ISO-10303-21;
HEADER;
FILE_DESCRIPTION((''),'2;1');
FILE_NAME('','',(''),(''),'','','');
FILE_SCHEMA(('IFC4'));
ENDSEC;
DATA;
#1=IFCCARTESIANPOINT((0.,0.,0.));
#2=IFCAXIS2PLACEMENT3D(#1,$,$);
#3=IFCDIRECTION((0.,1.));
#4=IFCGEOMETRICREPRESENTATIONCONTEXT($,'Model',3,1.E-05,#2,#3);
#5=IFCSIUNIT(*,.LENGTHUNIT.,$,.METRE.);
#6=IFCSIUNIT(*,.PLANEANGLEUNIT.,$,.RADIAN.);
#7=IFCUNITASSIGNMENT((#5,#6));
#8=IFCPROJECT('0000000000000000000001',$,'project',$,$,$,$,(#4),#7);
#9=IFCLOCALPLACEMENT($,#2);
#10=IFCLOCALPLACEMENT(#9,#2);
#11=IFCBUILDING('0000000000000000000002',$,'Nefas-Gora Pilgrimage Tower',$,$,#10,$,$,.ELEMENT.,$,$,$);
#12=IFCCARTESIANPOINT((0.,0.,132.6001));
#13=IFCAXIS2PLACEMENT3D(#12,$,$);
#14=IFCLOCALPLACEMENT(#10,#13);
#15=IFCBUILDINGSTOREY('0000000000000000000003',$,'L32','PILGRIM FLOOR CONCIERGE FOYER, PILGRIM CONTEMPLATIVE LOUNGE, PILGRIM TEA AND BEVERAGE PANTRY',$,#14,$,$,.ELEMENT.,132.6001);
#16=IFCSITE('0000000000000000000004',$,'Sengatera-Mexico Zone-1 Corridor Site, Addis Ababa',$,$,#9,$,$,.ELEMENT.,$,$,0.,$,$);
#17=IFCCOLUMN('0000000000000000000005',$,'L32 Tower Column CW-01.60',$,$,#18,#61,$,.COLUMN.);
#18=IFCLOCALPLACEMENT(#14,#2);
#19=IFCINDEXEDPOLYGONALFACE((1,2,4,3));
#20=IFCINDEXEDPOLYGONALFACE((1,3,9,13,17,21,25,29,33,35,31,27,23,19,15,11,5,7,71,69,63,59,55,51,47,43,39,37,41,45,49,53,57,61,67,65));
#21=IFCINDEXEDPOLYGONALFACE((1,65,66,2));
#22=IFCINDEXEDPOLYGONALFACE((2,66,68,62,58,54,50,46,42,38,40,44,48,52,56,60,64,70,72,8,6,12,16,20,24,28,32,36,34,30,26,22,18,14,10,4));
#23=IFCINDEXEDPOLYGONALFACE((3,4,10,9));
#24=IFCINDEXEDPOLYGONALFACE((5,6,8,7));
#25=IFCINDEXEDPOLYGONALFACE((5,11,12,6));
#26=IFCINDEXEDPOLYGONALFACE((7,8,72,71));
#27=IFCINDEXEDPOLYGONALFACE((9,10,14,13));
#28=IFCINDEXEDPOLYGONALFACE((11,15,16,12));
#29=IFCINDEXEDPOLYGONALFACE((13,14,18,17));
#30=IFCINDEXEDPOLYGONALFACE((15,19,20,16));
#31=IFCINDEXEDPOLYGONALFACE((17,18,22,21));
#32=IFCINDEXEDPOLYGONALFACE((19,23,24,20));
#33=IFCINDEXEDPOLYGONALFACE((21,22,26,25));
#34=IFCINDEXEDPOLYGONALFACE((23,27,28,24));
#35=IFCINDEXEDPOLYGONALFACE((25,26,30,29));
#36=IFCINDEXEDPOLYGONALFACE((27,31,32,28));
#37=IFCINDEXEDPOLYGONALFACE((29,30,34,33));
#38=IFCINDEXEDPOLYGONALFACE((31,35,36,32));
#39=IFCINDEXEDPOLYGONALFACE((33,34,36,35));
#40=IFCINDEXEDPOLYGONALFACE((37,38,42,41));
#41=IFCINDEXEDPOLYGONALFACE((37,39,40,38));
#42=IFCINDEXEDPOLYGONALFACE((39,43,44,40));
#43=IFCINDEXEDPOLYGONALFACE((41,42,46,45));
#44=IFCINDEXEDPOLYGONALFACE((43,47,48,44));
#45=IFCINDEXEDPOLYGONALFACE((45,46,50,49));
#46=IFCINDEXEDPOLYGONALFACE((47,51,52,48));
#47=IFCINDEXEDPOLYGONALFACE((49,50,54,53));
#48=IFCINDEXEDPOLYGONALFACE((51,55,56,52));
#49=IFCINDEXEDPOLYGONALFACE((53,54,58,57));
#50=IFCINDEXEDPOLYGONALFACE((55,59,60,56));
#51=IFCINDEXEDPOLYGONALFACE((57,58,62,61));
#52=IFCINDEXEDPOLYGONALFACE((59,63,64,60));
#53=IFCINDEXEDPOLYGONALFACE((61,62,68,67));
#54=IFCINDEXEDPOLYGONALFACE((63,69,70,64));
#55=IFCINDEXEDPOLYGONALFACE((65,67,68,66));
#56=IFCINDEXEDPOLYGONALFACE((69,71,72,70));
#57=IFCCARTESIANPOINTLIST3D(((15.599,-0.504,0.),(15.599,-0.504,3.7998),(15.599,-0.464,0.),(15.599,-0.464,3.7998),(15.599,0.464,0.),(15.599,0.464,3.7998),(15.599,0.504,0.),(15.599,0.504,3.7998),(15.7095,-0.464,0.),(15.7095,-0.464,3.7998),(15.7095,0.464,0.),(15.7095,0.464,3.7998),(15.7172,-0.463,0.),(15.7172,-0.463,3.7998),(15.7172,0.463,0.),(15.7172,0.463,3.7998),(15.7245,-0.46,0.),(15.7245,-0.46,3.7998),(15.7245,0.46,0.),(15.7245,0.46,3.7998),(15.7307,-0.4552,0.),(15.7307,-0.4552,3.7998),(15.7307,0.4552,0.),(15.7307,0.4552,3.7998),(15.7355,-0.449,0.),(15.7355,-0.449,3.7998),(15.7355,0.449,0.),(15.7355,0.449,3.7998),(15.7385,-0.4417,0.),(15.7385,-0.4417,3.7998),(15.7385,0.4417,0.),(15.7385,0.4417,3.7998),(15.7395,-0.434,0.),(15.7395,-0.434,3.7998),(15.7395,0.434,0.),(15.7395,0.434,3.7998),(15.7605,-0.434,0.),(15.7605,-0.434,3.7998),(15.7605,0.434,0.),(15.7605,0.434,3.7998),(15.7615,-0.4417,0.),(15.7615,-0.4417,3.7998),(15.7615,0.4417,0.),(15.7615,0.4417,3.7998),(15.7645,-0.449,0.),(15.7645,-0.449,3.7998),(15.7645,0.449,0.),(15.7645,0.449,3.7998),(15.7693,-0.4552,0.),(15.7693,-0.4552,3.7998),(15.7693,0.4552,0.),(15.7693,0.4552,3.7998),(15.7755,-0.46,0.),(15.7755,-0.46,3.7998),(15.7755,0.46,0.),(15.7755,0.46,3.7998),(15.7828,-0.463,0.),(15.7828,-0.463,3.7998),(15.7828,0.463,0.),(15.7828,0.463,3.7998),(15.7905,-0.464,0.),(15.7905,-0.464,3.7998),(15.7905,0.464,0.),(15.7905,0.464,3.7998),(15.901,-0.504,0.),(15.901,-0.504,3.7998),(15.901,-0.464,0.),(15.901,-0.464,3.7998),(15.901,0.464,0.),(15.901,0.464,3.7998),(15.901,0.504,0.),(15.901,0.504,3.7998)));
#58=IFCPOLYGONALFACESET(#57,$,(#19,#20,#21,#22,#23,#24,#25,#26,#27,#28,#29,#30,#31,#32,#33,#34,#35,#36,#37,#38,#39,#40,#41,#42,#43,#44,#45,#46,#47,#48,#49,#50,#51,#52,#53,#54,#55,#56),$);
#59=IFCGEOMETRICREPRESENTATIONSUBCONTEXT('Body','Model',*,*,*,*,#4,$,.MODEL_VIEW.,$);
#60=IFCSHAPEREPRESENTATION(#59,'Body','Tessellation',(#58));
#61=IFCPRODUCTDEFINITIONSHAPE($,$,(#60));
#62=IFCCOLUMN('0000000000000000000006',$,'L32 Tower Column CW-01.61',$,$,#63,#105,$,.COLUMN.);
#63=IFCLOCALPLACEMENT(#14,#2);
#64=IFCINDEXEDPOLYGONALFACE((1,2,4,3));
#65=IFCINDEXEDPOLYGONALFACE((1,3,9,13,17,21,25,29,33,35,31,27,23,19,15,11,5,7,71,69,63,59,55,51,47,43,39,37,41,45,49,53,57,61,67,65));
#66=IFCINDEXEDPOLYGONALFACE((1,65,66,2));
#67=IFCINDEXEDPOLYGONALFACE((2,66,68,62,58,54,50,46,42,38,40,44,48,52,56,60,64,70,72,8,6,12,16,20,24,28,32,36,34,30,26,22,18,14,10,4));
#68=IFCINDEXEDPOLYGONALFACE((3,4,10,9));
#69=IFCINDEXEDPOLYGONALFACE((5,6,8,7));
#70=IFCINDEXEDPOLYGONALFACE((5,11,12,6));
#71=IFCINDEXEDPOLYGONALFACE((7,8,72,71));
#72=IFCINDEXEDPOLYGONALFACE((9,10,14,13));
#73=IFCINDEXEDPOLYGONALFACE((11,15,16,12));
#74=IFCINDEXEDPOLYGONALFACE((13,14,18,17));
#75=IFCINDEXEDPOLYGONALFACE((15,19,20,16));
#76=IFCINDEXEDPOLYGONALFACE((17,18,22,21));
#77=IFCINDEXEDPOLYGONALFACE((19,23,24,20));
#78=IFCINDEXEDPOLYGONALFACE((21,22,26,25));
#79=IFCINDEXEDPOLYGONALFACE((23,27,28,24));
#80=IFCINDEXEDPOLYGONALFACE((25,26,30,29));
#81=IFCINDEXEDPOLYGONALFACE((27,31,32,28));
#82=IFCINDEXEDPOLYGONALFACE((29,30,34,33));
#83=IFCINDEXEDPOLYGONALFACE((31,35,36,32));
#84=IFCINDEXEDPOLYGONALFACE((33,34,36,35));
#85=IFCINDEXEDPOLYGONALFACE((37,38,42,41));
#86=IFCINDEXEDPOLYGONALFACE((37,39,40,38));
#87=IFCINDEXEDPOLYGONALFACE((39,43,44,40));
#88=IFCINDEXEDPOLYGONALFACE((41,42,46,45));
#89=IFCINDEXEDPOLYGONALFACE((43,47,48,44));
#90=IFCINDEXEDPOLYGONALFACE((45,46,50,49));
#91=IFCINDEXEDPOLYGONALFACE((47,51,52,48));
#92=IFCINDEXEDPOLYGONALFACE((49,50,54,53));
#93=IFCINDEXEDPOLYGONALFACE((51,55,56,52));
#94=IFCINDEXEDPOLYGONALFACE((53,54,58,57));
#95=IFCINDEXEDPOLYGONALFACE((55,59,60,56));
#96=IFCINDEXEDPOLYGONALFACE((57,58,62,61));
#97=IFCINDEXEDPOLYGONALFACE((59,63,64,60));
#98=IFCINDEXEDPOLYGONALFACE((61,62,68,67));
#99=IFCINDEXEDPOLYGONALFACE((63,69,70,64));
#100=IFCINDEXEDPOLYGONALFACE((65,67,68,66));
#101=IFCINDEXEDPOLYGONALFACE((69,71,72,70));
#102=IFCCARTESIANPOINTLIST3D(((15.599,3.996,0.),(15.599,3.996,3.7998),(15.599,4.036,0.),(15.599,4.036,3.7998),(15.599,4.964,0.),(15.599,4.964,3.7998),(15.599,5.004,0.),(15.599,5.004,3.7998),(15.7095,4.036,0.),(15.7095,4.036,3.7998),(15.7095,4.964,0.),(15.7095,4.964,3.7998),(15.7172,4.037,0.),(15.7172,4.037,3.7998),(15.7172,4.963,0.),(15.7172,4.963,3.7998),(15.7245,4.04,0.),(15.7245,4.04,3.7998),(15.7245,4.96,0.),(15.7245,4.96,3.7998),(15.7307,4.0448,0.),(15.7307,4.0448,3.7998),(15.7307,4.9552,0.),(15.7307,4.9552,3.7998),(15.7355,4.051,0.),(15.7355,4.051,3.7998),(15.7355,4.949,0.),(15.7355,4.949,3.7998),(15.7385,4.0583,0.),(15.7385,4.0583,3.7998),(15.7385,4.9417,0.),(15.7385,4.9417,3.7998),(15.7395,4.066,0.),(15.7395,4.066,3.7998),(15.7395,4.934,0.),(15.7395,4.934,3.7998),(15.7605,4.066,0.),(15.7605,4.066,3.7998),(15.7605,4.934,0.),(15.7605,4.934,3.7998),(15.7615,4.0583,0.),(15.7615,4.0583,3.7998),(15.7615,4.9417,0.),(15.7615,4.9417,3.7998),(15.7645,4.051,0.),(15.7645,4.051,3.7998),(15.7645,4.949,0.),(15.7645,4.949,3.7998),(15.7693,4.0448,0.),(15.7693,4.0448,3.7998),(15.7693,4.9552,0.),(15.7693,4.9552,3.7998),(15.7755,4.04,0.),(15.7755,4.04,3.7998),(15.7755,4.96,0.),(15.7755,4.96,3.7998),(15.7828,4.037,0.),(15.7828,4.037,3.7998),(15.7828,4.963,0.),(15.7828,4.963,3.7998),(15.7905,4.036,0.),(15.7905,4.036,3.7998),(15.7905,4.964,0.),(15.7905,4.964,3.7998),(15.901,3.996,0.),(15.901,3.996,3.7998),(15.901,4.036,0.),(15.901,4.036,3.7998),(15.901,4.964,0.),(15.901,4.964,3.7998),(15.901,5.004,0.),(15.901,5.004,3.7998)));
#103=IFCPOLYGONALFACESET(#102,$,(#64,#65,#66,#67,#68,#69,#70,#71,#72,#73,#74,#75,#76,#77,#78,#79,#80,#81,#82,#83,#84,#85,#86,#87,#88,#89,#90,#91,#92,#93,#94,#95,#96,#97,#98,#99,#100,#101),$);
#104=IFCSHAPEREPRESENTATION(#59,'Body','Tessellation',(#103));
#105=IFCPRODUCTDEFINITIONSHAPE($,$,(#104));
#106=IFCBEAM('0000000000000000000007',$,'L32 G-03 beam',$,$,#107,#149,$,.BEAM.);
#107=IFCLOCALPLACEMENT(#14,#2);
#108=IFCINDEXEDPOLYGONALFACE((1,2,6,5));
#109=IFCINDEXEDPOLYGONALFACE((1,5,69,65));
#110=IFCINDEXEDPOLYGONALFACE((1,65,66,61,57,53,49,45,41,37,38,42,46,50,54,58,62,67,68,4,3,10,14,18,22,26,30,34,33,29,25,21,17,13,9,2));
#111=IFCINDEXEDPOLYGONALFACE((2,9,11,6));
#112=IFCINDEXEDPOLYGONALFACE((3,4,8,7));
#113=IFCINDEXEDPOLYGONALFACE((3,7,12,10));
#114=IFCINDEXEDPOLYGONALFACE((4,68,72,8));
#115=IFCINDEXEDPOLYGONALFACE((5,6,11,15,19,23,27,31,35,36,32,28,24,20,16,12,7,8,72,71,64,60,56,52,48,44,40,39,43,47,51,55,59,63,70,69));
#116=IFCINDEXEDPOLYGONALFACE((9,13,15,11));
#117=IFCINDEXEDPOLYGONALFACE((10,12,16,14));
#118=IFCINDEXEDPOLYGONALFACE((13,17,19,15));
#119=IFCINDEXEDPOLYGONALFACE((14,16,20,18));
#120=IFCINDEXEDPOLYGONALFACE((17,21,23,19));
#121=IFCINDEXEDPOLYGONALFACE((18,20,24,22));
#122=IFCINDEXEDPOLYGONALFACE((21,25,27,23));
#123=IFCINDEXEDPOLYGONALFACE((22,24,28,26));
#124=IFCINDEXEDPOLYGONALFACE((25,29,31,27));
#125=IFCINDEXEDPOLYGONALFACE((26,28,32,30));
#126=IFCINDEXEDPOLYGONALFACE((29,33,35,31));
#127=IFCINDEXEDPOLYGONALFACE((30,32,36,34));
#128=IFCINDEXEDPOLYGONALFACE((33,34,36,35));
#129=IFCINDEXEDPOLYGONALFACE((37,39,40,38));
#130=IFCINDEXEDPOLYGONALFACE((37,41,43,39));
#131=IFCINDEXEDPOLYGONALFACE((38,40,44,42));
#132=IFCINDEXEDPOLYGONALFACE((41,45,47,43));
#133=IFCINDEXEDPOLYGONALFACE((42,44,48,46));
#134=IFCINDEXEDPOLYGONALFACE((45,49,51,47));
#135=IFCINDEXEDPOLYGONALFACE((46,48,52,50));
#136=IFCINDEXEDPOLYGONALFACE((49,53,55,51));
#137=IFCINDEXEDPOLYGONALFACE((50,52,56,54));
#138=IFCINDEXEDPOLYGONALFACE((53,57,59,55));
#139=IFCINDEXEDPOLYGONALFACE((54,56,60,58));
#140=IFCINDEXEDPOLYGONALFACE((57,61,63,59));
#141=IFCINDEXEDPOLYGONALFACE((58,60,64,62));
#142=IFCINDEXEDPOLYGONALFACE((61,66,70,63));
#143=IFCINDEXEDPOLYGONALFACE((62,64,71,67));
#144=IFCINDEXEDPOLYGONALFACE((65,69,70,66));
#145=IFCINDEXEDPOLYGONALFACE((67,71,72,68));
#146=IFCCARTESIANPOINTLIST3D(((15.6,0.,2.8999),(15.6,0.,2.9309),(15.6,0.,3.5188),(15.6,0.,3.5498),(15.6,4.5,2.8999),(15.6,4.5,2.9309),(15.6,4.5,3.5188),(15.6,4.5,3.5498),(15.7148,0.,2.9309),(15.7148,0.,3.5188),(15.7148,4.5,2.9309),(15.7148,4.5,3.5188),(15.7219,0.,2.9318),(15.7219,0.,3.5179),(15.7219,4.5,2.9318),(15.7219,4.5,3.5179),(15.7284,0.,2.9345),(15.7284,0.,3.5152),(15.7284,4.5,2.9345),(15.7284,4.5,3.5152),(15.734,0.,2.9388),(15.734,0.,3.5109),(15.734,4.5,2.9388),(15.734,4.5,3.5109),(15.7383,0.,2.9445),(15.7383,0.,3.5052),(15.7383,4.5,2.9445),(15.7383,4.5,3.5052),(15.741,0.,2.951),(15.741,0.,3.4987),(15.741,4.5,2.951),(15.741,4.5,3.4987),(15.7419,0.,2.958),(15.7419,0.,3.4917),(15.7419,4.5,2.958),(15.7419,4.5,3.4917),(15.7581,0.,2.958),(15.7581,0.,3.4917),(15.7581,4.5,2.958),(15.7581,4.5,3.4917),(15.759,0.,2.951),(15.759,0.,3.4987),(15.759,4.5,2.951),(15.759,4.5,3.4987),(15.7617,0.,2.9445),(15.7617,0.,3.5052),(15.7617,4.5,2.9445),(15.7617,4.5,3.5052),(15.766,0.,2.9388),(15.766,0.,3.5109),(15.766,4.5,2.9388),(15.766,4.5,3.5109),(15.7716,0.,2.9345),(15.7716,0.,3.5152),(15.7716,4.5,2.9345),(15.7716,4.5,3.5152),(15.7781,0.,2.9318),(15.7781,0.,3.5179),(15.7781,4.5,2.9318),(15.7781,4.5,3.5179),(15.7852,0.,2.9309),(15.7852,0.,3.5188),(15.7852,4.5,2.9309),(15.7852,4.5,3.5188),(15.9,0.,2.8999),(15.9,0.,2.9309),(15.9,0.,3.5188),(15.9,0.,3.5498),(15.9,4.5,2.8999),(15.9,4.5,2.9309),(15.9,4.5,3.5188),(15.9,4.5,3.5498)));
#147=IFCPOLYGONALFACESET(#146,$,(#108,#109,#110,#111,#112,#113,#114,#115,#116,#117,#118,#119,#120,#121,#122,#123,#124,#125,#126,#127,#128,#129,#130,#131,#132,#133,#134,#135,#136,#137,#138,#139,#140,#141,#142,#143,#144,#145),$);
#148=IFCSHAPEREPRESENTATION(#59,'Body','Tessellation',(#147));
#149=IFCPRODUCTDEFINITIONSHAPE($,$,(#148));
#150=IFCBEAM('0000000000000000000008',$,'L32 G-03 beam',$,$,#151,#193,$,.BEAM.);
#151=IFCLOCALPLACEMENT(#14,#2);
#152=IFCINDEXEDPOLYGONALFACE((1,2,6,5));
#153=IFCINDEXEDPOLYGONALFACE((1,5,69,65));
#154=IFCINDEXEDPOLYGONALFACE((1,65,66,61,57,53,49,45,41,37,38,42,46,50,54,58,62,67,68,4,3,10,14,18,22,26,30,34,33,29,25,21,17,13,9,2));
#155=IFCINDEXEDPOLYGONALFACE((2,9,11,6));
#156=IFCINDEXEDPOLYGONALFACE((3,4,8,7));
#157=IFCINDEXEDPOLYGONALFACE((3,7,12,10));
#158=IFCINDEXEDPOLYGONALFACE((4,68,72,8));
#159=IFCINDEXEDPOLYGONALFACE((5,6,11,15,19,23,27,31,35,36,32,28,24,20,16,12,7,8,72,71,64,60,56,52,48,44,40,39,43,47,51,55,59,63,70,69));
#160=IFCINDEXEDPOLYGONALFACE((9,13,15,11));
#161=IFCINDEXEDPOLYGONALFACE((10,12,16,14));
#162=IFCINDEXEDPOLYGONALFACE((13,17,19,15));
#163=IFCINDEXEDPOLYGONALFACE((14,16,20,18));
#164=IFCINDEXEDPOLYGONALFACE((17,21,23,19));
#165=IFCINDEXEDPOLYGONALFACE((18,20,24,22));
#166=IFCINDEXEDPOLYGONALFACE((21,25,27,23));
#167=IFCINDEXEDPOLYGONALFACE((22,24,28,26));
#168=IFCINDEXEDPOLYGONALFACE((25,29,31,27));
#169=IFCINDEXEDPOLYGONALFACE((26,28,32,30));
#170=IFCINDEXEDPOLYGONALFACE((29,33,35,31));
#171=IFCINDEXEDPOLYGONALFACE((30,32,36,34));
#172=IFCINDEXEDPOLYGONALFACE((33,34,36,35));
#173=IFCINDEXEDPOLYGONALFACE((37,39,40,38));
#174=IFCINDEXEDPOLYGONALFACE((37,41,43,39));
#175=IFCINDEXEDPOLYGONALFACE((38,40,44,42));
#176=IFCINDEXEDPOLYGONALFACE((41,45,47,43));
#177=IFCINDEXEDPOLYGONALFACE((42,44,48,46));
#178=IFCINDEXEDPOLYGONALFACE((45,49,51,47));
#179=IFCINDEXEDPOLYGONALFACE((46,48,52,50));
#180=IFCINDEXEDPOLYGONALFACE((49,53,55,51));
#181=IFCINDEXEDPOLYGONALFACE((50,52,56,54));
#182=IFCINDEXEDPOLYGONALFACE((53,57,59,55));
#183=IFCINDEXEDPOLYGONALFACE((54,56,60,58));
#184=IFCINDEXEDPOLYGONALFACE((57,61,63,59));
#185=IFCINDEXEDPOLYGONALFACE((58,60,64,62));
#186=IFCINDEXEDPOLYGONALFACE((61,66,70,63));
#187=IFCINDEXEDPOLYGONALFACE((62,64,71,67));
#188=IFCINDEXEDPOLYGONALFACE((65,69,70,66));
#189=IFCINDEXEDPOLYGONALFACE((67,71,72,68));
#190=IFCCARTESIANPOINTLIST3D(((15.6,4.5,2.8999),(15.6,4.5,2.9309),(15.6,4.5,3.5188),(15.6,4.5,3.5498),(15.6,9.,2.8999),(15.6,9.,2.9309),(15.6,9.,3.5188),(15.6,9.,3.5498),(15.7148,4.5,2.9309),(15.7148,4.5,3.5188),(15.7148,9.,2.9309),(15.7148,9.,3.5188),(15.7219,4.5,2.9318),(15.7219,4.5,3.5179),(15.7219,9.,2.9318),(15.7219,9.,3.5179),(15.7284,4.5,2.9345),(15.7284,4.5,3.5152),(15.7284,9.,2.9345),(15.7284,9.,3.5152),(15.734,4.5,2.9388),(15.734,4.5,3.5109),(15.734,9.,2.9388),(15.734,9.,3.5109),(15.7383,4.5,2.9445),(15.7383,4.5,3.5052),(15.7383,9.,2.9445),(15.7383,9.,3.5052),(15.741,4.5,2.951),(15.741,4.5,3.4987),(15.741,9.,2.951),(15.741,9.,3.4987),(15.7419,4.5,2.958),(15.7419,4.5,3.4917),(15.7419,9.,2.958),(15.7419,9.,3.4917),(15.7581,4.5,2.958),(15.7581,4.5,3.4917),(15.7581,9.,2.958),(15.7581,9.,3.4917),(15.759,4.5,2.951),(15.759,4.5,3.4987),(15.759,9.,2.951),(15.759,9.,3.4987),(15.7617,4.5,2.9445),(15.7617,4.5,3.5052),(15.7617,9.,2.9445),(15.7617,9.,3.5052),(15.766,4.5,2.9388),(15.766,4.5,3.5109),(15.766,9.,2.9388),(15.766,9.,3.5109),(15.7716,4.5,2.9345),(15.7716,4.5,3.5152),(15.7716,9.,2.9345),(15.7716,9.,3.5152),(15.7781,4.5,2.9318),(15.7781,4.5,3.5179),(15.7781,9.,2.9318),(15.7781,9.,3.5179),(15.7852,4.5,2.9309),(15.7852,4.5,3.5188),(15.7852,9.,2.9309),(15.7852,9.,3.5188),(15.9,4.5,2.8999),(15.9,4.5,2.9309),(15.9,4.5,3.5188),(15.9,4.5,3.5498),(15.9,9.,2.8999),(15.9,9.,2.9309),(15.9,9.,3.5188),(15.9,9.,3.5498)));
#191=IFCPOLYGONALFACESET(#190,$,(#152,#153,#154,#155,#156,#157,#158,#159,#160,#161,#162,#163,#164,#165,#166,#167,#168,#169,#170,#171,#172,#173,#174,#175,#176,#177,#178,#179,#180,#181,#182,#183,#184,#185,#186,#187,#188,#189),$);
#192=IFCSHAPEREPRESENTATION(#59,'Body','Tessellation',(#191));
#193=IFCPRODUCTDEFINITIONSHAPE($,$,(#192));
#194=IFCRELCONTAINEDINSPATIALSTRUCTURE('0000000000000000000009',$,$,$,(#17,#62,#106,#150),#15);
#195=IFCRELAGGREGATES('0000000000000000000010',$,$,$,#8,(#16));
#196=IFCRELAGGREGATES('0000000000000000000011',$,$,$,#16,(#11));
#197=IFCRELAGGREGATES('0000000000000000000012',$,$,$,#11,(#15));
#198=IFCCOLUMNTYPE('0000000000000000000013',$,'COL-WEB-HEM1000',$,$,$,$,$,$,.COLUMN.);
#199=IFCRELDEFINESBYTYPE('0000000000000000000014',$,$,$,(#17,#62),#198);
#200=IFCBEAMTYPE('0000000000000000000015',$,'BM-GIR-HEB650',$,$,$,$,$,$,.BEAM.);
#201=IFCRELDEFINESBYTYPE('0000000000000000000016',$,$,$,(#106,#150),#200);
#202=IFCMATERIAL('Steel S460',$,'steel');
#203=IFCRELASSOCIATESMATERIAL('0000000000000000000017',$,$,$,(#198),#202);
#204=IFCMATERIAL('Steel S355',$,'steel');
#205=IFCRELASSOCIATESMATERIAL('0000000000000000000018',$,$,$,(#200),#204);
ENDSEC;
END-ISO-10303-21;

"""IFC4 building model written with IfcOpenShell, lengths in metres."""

from ifc_helpers import new_model, si_unit, direction, frame, origin, origin_2d, place, context, subcontext, project, spatial, i_section, extrude, source, transform, mapped, material, material_profile, profile_set, type_object, element, save


model = new_model("IFC4")

# Units and contexts
model_context = context("Model", 3, precision=1e-05, world=origin(), true_north=direction((0.0, 1.0)))
body_context = subcontext(model_context, "Body", "Model", "MODEL_VIEW")
ifc_project = project(units=[si_unit("LENGTHUNIT", "METRE"), si_unit("PLANEANGLEUNIT", "RADIAN")], contexts=[model_context])

# Site, building, storey
site_placement = place(None, origin())
site = spatial("IfcSite", under=ifc_project, at=site_placement, Name="Sengatera-Mexico Zone-1 Corridor Site, Addis Ababa", CompositionType="ELEMENT", RefElevation=0.0)
building_placement = place(site_placement, origin())
building = spatial("IfcBuilding", under=site, at=building_placement, Name="Nefas-Gora Pilgrimage Tower", CompositionType="ELEMENT")
storey_placement = place(building_placement, frame((0.0, 0.0, 132.6001)))
storey = spatial("IfcBuildingStorey", under=building, at=storey_placement, Name="L32", Description="PILGRIM FLOOR CONCIERGE FOYER, PILGRIM CONTEMPLATIVE LOUNGE, PILGRIM TEA AND BEVERAGE PANTRY", CompositionType="ELEMENT", Elevation=132.6001)

# Columns
ifc_material_1 = material(Name="Steel S460", Category="steel")
ifc_material_profile_1 = material_profile(ifc_material_1, i_section(OverallWidth=0.302, OverallDepth=1.0081, WebThickness=0.021, FlangeThickness=0.04, FilletRadius=0.03, at=origin_2d()), Name="HEM 1000")
ifc_profile_set_1 = profile_set([ifc_material_profile_1], Name="Steel S460")
column_type = type_object("IfcColumnType", Name="COL-WEB-HEM1000", PredefinedType="COLUMN", material=ifc_profile_set_1)
shared_shape_1 = source(origin(), body_context, "Body", "SweptSolid", [
    extrude(i_section(OverallWidth=0.302, OverallDepth=1.0081, WebThickness=0.021, FlangeThickness=0.04, FilletRadius=0.03, at=origin_2d()), origin(), (0.0, 0.0, 1.0), 3.7998),
])
for number, where, z_axis, x_axis, name in (
    (1, (15.75, 0.0, 0.0), (0.0, 0.0, 1.0), (1.0, 0.0, 0.0), "L32 Tower Column CW-01.60"),
    (2, (15.75, 4.5, 0.0), (0.0, 0.0, 1.0), (1.0, 0.0, 0.0), "L32 Tower Column CW-01.61"),
):
    element("IfcColumn", number, at=place(storey_placement, frame(where, z_axis=z_axis, x_axis=x_axis)), inside=storey, type_object=column_type, Name=name, PredefinedType="COLUMN", context=body_context, shape_type="MappedRepresentation", body=[
        mapped(shared_shape_1, transform((0.0, 0.0, 0.0), x_axis=(1.0, 0.0, 0.0), y_axis=(0.0, 1.0, 0.0), z_axis=(0.0, 0.0, 1.0), scale=1.0)),
    ])

# Beams
ifc_material_2 = material(Name="Steel S355", Category="steel")
ifc_material_profile_2 = material_profile(ifc_material_2, i_section(OverallWidth=0.3, OverallDepth=0.6499, WebThickness=0.0161, FlangeThickness=0.031, FilletRadius=0.0271, at=origin_2d()), Name="HEB 650")
ifc_profile_set_2 = profile_set([ifc_material_profile_2], Name="Steel S355")
beam_type = type_object("IfcBeamType", Name="BM-GIR-HEB650", PredefinedType="BEAM", material=ifc_profile_set_2)
shared_shape_2 = source(origin(), body_context, "Body", "SweptSolid", [
    extrude(i_section(OverallWidth=0.3, OverallDepth=0.6499, WebThickness=0.0161, FlangeThickness=0.031, FilletRadius=0.0271, at=origin_2d()), origin(), (0.0, 0.0, 1.0), 4.5),
])
for number, where, z_axis, x_axis, name in (
    (3, (15.75, 0.0, 3.2249), (0.0, 1.0, 0.0), (-1.0, 0.0, 0.0), "L32 G-03 beam"),
    (4, (15.75, 4.5, 3.2249), (0.0, 1.0, 0.0), (-1.0, 0.0, 0.0), "L32 G-03 beam"),
):
    element("IfcBeam", number, at=place(storey_placement, frame(where, z_axis=z_axis, x_axis=x_axis)), inside=storey, type_object=beam_type, Name=name, PredefinedType="BEAM", context=body_context, shape_type="MappedRepresentation", body=[
        mapped(shared_shape_2, transform((0.0, 0.0, 0.0), x_axis=(1.0, 0.0, 0.0), y_axis=(0.0, 1.0, 0.0), z_axis=(0.0, 0.0, 1.0), scale=1.0)),
    ])

save(model, "model.ifc")
